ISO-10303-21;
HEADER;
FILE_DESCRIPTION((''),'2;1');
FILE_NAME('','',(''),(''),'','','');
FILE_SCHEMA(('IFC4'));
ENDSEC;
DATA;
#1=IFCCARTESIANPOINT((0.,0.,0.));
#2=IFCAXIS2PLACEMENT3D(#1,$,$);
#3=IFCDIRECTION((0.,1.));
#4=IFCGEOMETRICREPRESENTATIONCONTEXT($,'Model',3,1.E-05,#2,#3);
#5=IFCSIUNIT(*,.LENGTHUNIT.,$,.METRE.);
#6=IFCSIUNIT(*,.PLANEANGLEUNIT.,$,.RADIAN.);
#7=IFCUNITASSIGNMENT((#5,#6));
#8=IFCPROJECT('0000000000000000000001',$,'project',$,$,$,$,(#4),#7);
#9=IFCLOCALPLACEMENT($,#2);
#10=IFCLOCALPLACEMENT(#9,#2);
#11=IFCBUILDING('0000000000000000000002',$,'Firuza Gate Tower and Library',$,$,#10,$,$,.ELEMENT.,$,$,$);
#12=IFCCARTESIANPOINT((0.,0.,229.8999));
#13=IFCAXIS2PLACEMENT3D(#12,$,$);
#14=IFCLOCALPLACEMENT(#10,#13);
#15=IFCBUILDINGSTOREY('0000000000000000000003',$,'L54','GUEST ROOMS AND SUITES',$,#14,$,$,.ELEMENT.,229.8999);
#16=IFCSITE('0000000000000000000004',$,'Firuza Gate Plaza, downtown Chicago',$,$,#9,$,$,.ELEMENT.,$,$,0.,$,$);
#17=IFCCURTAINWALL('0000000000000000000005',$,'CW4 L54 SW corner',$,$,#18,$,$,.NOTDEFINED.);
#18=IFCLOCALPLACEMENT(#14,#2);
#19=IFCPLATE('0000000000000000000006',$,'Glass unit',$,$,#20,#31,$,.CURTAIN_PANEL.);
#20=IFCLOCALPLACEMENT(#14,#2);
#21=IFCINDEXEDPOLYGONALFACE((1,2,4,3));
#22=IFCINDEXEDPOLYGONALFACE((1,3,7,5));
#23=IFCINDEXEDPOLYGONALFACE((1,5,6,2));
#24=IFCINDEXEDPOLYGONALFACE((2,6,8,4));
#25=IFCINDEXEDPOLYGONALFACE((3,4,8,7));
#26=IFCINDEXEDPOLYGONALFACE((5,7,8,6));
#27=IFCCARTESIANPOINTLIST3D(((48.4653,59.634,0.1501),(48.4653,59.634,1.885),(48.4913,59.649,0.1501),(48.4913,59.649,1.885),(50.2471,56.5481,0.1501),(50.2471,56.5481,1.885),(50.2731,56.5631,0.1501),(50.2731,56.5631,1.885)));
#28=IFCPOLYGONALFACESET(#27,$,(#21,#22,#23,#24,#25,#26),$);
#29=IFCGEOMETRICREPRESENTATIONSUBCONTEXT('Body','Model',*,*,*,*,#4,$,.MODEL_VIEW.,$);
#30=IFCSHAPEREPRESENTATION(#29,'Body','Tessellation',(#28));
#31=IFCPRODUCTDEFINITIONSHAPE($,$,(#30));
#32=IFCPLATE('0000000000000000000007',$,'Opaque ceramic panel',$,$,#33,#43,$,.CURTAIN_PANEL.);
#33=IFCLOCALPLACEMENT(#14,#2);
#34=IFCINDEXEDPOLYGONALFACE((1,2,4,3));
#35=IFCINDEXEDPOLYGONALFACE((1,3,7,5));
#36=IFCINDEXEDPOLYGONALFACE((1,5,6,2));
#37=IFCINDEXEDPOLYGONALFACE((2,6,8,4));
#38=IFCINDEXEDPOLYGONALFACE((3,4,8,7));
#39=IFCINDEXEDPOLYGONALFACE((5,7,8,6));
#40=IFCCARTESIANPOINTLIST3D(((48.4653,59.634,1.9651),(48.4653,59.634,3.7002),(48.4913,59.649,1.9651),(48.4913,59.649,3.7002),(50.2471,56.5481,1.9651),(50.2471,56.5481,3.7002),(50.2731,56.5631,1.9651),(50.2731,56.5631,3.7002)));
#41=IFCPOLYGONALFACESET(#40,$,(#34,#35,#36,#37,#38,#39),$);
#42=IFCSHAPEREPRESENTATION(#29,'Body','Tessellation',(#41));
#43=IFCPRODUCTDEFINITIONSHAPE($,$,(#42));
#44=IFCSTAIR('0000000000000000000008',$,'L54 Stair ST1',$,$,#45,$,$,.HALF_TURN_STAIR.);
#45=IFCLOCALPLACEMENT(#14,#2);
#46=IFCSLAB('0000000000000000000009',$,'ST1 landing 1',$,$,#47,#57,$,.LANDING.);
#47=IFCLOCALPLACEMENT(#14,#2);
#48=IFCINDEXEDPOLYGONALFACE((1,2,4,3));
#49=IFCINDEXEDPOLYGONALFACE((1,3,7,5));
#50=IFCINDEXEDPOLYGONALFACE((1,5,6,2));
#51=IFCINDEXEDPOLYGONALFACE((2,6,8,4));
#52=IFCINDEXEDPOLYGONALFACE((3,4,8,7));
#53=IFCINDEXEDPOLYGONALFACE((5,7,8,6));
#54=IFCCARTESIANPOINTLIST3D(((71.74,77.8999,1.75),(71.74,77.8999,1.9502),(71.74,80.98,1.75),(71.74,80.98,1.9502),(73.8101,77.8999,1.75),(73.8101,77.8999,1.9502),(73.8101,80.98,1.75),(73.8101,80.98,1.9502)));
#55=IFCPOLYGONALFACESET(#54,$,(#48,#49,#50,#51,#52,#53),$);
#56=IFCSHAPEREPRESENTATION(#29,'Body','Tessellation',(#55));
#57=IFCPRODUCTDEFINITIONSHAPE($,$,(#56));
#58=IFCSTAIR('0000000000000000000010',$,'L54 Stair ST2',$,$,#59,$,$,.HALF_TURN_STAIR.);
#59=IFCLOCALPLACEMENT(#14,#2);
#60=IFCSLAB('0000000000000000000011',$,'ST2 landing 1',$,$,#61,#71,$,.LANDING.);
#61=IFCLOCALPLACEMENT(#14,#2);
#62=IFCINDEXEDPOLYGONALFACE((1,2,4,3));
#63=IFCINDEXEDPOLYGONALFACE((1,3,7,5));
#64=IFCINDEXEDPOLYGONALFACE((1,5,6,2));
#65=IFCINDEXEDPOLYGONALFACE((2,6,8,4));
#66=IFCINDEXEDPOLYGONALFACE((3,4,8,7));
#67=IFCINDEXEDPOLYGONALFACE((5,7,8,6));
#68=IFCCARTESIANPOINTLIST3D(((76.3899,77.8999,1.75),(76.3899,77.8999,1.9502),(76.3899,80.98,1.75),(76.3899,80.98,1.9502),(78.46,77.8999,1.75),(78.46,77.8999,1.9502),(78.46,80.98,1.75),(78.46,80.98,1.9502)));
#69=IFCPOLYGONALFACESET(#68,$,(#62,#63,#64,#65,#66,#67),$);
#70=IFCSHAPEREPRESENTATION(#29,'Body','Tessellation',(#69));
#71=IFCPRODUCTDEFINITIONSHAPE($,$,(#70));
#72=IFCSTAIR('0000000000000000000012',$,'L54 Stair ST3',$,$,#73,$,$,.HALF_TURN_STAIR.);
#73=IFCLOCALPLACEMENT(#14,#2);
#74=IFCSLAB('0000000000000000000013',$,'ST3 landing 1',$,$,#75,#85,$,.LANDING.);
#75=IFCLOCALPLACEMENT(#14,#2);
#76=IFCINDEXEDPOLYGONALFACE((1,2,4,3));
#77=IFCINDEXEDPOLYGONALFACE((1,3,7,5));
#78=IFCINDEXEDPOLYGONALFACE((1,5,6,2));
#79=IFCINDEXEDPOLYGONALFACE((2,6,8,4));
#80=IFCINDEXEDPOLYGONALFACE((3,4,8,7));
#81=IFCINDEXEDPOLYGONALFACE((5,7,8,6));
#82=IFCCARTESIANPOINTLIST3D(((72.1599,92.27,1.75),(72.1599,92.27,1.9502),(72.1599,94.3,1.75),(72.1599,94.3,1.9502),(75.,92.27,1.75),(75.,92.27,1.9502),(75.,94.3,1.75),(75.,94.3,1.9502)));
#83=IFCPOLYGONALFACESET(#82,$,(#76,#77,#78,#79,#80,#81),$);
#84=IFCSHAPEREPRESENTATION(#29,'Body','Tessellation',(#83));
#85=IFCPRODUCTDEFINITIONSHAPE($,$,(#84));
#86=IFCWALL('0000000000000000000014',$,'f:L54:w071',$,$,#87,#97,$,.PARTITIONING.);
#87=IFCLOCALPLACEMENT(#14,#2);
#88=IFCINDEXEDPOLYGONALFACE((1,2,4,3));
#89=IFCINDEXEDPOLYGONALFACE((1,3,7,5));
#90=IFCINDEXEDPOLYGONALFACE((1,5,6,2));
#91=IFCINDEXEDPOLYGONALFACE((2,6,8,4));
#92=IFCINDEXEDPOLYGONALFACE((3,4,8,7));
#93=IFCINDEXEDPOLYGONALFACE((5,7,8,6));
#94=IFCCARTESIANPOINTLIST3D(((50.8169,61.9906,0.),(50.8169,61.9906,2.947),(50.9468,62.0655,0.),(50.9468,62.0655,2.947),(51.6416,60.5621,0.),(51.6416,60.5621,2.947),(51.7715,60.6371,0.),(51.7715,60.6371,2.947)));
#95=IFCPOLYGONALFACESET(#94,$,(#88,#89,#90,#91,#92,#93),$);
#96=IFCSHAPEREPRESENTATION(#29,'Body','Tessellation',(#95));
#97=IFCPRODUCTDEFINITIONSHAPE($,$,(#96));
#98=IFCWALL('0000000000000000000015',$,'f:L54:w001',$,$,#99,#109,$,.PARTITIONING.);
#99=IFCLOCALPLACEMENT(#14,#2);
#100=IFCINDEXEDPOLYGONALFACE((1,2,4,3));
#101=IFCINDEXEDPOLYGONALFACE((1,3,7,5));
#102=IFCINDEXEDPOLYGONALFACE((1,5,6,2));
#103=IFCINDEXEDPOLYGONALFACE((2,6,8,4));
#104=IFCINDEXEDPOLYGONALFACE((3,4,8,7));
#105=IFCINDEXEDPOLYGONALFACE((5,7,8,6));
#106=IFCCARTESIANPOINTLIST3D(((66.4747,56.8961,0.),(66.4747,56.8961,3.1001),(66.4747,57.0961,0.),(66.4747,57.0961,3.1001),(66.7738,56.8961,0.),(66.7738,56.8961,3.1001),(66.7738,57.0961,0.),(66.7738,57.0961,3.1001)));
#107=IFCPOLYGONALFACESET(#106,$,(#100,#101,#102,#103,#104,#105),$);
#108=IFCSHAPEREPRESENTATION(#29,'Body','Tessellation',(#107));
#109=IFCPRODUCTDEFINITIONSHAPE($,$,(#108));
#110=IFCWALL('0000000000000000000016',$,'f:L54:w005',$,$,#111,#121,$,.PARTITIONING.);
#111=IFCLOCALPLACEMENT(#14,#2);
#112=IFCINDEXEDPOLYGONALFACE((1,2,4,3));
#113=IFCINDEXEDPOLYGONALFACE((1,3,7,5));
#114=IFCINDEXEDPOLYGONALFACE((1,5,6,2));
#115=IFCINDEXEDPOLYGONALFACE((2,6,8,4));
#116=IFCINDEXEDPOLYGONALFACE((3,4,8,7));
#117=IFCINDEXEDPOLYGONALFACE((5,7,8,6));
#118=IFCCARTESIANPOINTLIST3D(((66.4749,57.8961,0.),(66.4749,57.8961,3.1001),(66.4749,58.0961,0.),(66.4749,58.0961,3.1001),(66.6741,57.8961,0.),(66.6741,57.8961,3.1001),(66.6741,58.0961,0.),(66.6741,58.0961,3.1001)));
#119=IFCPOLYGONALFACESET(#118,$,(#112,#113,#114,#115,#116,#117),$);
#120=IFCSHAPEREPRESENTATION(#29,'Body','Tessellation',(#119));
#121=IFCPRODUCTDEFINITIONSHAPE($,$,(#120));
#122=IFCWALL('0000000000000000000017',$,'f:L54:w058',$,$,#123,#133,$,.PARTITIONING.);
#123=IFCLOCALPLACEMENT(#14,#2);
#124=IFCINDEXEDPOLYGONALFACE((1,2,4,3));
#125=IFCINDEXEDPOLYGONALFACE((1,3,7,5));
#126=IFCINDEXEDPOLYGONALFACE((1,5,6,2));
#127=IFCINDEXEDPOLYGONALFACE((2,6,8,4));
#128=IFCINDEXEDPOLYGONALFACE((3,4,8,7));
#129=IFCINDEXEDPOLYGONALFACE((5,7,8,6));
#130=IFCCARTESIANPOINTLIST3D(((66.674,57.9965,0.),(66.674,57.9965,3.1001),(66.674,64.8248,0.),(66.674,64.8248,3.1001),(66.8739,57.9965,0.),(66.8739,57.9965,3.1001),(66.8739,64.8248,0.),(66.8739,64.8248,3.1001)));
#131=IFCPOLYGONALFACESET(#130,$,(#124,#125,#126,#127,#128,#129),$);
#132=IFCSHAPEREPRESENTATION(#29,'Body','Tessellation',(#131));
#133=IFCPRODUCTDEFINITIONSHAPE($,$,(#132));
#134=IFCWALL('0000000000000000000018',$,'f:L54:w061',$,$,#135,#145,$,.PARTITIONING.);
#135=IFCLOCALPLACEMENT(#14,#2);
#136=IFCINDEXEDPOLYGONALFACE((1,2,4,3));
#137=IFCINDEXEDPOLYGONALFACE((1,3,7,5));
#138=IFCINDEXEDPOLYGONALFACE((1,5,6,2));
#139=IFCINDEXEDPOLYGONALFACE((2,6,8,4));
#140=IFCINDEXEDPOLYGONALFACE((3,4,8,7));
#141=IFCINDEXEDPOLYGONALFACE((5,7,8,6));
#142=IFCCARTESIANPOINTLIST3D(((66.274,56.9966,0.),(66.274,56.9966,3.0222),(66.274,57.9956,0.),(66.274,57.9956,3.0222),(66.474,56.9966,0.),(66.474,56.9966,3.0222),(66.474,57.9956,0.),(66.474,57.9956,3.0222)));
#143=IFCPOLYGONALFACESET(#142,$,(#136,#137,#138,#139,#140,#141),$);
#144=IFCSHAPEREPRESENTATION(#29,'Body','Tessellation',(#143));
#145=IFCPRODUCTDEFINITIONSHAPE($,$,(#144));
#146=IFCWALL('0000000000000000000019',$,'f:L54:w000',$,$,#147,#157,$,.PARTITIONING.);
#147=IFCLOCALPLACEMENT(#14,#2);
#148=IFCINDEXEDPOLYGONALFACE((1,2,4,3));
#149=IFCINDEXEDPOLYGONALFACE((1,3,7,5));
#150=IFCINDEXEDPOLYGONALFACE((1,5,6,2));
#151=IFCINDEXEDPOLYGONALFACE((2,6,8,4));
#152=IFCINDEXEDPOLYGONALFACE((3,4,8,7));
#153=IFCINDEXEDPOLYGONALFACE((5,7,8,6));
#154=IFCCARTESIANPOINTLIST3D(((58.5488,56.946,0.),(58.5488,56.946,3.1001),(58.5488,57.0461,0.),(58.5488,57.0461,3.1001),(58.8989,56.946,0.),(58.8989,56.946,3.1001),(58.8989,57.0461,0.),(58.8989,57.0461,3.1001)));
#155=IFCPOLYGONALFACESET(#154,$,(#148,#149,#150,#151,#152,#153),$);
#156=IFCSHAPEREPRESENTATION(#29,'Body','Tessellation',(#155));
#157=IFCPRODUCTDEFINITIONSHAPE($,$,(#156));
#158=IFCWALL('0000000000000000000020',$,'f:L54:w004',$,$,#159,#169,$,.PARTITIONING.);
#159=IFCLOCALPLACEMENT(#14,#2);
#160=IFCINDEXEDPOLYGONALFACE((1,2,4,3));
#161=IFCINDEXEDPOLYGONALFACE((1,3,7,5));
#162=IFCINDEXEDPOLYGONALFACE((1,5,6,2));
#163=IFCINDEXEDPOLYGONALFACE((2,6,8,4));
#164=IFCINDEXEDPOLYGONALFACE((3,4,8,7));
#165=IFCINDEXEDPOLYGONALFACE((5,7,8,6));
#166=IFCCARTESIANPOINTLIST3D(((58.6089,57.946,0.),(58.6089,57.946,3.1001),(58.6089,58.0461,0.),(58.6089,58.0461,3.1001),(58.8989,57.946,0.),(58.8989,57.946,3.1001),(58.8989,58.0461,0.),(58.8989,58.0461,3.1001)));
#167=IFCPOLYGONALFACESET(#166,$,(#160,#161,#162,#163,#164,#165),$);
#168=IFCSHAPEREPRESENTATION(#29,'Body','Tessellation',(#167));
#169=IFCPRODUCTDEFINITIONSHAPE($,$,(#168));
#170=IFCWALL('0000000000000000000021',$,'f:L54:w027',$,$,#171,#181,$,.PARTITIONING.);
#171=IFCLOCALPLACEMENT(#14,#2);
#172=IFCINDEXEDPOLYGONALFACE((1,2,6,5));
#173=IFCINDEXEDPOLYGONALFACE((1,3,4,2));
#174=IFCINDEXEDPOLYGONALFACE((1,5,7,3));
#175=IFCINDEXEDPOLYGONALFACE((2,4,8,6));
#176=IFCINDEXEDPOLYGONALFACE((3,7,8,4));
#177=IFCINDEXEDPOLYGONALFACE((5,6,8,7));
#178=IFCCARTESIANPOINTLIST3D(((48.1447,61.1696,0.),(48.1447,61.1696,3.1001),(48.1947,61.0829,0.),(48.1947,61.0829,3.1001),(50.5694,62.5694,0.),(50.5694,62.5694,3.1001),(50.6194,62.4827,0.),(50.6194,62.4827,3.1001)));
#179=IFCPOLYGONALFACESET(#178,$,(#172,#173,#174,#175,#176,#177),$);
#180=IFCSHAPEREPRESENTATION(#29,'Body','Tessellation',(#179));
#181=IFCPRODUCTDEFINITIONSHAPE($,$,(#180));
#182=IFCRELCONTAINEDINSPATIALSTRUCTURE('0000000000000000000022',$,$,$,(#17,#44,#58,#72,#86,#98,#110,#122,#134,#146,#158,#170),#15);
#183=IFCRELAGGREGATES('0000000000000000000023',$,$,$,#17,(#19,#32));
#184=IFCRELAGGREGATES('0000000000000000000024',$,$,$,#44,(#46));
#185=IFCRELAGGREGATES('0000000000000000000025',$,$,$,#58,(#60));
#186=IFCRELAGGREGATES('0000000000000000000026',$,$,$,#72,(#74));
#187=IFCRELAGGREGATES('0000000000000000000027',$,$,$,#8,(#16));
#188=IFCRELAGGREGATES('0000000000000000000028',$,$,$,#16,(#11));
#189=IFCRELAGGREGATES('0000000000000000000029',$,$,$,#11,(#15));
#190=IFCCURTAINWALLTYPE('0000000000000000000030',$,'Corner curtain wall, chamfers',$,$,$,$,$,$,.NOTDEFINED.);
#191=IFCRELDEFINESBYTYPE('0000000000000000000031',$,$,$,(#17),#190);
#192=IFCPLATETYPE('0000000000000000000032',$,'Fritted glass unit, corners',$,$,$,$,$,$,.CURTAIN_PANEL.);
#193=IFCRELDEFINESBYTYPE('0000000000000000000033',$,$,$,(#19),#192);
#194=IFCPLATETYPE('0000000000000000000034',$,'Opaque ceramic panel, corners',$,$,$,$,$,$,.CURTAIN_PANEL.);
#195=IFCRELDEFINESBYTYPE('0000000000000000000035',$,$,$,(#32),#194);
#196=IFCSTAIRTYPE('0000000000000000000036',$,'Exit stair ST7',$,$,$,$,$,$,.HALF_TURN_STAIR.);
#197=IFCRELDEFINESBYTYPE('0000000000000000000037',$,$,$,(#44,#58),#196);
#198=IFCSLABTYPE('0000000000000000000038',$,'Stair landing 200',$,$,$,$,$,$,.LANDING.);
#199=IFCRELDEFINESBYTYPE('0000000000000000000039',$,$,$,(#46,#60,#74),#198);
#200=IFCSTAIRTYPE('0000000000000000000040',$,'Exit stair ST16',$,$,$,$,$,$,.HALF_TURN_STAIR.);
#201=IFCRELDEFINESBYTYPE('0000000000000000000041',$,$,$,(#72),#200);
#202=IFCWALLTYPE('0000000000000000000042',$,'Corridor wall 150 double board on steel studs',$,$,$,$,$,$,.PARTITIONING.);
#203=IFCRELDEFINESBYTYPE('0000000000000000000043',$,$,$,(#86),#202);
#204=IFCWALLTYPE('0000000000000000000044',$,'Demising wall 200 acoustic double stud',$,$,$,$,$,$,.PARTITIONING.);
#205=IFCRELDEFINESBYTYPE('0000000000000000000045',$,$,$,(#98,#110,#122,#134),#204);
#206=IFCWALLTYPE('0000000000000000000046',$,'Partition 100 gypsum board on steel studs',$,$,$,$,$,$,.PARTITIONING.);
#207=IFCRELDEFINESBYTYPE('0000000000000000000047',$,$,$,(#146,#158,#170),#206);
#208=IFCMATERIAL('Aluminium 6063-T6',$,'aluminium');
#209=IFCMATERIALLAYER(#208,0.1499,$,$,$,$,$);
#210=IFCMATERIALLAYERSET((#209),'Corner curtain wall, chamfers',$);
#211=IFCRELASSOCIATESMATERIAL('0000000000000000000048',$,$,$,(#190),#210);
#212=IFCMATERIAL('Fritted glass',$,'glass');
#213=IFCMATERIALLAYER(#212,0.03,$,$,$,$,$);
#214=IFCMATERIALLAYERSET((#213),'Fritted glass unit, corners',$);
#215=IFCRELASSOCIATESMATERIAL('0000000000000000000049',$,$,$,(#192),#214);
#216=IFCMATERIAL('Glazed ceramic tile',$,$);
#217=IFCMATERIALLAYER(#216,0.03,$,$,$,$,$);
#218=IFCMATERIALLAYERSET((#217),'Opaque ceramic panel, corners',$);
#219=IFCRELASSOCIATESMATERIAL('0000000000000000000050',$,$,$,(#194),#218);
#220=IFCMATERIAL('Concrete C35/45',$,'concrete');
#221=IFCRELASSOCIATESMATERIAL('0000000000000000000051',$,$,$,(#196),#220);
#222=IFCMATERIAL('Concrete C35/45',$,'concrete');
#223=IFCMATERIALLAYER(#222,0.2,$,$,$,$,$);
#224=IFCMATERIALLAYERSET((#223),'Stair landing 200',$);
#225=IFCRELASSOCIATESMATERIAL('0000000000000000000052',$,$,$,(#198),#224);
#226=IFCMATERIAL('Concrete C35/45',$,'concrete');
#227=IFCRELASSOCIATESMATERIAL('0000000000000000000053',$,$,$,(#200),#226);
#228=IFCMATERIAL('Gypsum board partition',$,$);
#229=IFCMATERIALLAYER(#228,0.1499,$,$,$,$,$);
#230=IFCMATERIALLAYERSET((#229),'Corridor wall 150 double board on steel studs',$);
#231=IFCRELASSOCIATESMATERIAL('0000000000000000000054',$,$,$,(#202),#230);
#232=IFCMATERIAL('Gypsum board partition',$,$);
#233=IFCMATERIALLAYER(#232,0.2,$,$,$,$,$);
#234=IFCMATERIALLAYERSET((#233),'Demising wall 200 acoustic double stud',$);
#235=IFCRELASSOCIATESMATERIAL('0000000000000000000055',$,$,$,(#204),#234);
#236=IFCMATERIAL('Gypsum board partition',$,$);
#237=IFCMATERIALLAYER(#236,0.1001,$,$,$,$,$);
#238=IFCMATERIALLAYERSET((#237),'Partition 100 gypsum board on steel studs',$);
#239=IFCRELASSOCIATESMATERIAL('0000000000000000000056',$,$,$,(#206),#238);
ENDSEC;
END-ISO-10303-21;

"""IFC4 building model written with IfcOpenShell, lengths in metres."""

from ifc_helpers import new_model, si_unit, direction, frame, frame_2d, origin, place, context, subcontext, project, spatial, polyline, rectangle, outline, extrude, material, layer, layer_set, type_object, element, aggregate, save


model = new_model("IFC4")

# Units and contexts
model_context = context("Model", 3, precision=1e-05, world=origin(), true_north=direction((0.0, 1.0)))
body_context = subcontext(model_context, "Body", "Model", "MODEL_VIEW")
ifc_project = project(units=[si_unit("LENGTHUNIT", "METRE"), si_unit("PLANEANGLEUNIT", "RADIAN")], contexts=[model_context])

# Site, building, storey
site_placement = place(None, origin())
site = spatial("IfcSite", under=ifc_project, at=site_placement, Name="Firuza Gate Plaza, downtown Chicago", CompositionType="ELEMENT", RefElevation=0.0)
building_placement = place(site_placement, origin())
building = spatial("IfcBuilding", under=site, at=building_placement, Name="Firuza Gate Tower and Library", CompositionType="ELEMENT")
storey_placement = place(building_placement, frame((0.0, 0.0, 229.8999)))
storey = spatial("IfcBuildingStorey", under=building, at=storey_placement, Name="L54", Description="GUEST ROOMS AND SUITES", CompositionType="ELEMENT", Elevation=229.8999)

# Curtain wall
ifc_material_1 = material(Name="Aluminium 6063-T6", Category="aluminium")
ifc_layer_1 = layer(ifc_material_1, 0.1499)
ifc_layer_set_1 = layer_set([ifc_layer_1], Name="Corner curtain wall, chamfers")
curtain_wall_type = type_object("IfcCurtainWallType", Name="Corner curtain wall, chamfers", PredefinedType="NOTDEFINED", material=ifc_layer_set_1)
placement_1 = place(storey_placement, origin())
curtain_wall = element("IfcCurtainWall", 1, at=placement_1, inside=storey, type_object=curtain_wall_type, Name="CW4 L54 SW corner", PredefinedType="NOTDEFINED")

# Plates
ifc_material_2 = material(Name="Fritted glass", Category="glass")
ifc_layer_2 = layer(ifc_material_2, 0.03)
ifc_layer_set_2 = layer_set([ifc_layer_2], Name="Fritted glass unit, corners")
plate_type_1 = type_object("IfcPlateType", Name="Fritted glass unit, corners", PredefinedType="CURTAIN_PANEL", material=ifc_layer_set_2)
plate_1_placement = place(storey_placement, frame((48.4653, 59.634, 0.1501), z_axis=(-0.866017, -0.500015, 0.0), x_axis=(0.500015, -0.866017, 0.0)))
plate_1 = element("IfcPlate", 2, at=plate_1_placement, type_object=plate_type_1, Name="Glass unit", PredefinedType="CURTAIN_PANEL", context=body_context, shape_type="SweptSolid", body=[
    extrude(outline(polyline([(0.0, 0.0), (3.5634, 0.0), (3.5634, 1.7349), (0.0, 1.7349), (0.0, 0.0)])), origin(), (0.0, 0.0, -1.0), 0.03),
])
ifc_material_3 = material(Name="Glazed ceramic tile")
ifc_layer_3 = layer(ifc_material_3, 0.03)
ifc_layer_set_3 = layer_set([ifc_layer_3], Name="Opaque ceramic panel, corners")
plate_type_2 = type_object("IfcPlateType", Name="Opaque ceramic panel, corners", PredefinedType="CURTAIN_PANEL", material=ifc_layer_set_3)
plate_2_placement = place(storey_placement, frame((48.4653, 59.634, 1.9651), z_axis=(-0.866017, -0.500015, 0.0), x_axis=(0.500015, -0.866017, 0.0)))
plate_2 = element("IfcPlate", 3, at=plate_2_placement, type_object=plate_type_2, Name="Opaque ceramic panel", PredefinedType="CURTAIN_PANEL", context=body_context, shape_type="SweptSolid", body=[
    extrude(outline(polyline([(0.0, 0.0), (3.5634, 0.0), (3.5634, 1.7351), (0.0, 1.7351), (0.0, 0.0)])), origin(), (0.0, 0.0, -1.0), 0.03),
])
aggregate(curtain_wall, [plate_1, plate_2])

# Stairs, slabs
ifc_material_4 = material(Name="Concrete C35/45", Category="concrete")
stair_type_1 = type_object("IfcStairType", Name="Exit stair ST7", PredefinedType="HALF_TURN_STAIR", material=ifc_material_4)
stair_1 = element("IfcStair", 4, at=placement_1, inside=storey, type_object=stair_type_1, Name="L54 Stair ST1", PredefinedType="HALF_TURN_STAIR")
ifc_material_5 = material(Name="Concrete C35/45", Category="concrete")
ifc_layer_4 = layer(ifc_material_5, 0.2)
ifc_layer_set_4 = layer_set([ifc_layer_4], Name="Stair landing 200")
slab_type_1 = type_object("IfcSlabType", Name="Stair landing 200", PredefinedType="LANDING", material=ifc_layer_set_4)
placement_2 = place(storey_placement, frame((0.0, 0.0, 1.75)))
slab_1 = element("IfcSlab", 5, at=placement_2, type_object=slab_type_1, Name="ST1 landing 1", PredefinedType="LANDING", context=body_context, shape_type="SweptSolid", body=[
    extrude(outline(polyline([(71.74, 77.8999), (73.8101, 77.8999), (73.8101, 80.98), (71.74, 80.98), (71.74, 77.8999)])), origin(), (0.0, 0.0, 1.0), 0.2002),
])
aggregate(stair_1, [slab_1])
stair_2 = element("IfcStair", 6, at=placement_1, inside=storey, type_object=stair_type_1, Name="L54 Stair ST2", PredefinedType="HALF_TURN_STAIR")
slab_2 = element("IfcSlab", 7, at=placement_2, type_object=slab_type_1, Name="ST2 landing 1", PredefinedType="LANDING", context=body_context, shape_type="SweptSolid", body=[
    extrude(outline(polyline([(78.46, 80.98), (76.3899, 80.98), (76.3899, 77.8999), (78.46, 77.8999), (78.46, 80.98)])), origin(), (0.0, 0.0, 1.0), 0.2002),
])
aggregate(stair_2, [slab_2])
ifc_material_6 = material(Name="Concrete C35/45", Category="concrete")
stair_type_2 = type_object("IfcStairType", Name="Exit stair ST16", PredefinedType="HALF_TURN_STAIR", material=ifc_material_6)
stair_3 = element("IfcStair", 8, at=placement_1, inside=storey, type_object=stair_type_2, Name="L54 Stair ST3", PredefinedType="HALF_TURN_STAIR")
slab_3 = element("IfcSlab", 9, at=placement_2, type_object=slab_type_1, Name="ST3 landing 1", PredefinedType="LANDING", context=body_context, shape_type="SweptSolid", body=[
    extrude(outline(polyline([(75.0, 92.27), (75.0, 94.3), (72.1599, 94.3), (72.1599, 92.27), (75.0, 92.27)])), origin(), (0.0, 0.0, 1.0), 0.2002),
])
aggregate(stair_3, [slab_3])

# Walls
ifc_material_7 = material(Name="Gypsum board partition")
ifc_layer_5 = layer(ifc_material_7, 0.1499)
ifc_layer_set_5 = layer_set([ifc_layer_5], Name="Corridor wall 150 double board on steel studs")
wall_type_1 = type_object("IfcWallType", Name="Corridor wall 150 double board on steel studs", PredefinedType="PARTITIONING", material=ifc_layer_set_5)
wall_1_placement = place(storey_placement, frame((51.7065, 60.5996, 0.0), z_axis=(0.0, 0.0, 1.0), x_axis=(-0.499992, 0.86603, 0.0)))
element("IfcWall", 10, at=wall_1_placement, inside=storey, type_object=wall_type_1, Name="f:L54:w071", PredefinedType="PARTITIONING", context=body_context, shape_type="SweptSolid", body=[
    extrude(rectangle(XDim=1.6494, YDim=0.1499, at=frame_2d((0.8247, 0.0))), origin(), (0.0, 0.0, 1.0), 2.947),
])
ifc_material_8 = material(Name="Gypsum board partition")
ifc_layer_6 = layer(ifc_material_8, 0.2)
ifc_layer_set_6 = layer_set([ifc_layer_6], Name="Demising wall 200 acoustic double stud")
wall_type_2 = type_object("IfcWallType", Name="Demising wall 200 acoustic double stud", PredefinedType="PARTITIONING", material=ifc_layer_set_6)
wall_2_placement = place(storey_placement, frame((66.4749, 56.9961, 0.0), z_axis=(0.0, 0.0, 1.0), x_axis=(1.0, 0.0, 0.0)))
element("IfcWall", 11, at=wall_2_placement, inside=storey, type_object=wall_type_2, Name="f:L54:w001", PredefinedType="PARTITIONING", context=body_context, shape_type="SweptSolid", body=[
    extrude(rectangle(XDim=0.2991, YDim=0.2, at=frame_2d((0.1494, 0.0))), origin(), (0.0, 0.0, 1.0), 3.1001),
])
wall_3_placement = place(storey_placement, frame((66.4749, 57.9961, 0.0), z_axis=(0.0, 0.0, 1.0), x_axis=(1.0, 0.0, 0.0)))
element("IfcWall", 12, at=wall_3_placement, inside=storey, type_object=wall_type_2, Name="f:L54:w005", PredefinedType="PARTITIONING", context=body_context, shape_type="SweptSolid", body=[
    extrude(rectangle(XDim=0.1992, YDim=0.2, at=frame_2d((0.0996, 0.0))), origin(), (0.0, 0.0, 1.0), 3.1001),
])
wall_4_placement = place(storey_placement, frame((66.7739, 57.9966, 0.0), z_axis=(0.0, 0.0, 1.0), x_axis=(0.0, 1.0, 0.0)))
element("IfcWall", 13, at=wall_4_placement, inside=storey, type_object=wall_type_2, Name="f:L54:w058", PredefinedType="PARTITIONING", context=body_context, shape_type="SweptSolid", body=[
    extrude(rectangle(XDim=6.8284, YDim=0.2, at=frame_2d((3.4141, 0.0))), origin(), (0.0, 0.0, 1.0), 3.1001),
])
wall_5_placement = place(storey_placement, frame((66.374, 56.9966, 0.0), z_axis=(0.0, 0.0, 1.0), x_axis=(0.0, 1.0, 0.0)))
element("IfcWall", 14, at=wall_5_placement, inside=storey, type_object=wall_type_2, Name="f:L54:w061", PredefinedType="PARTITIONING", context=body_context, shape_type="SweptSolid", body=[
    extrude(rectangle(XDim=0.999, YDim=0.2, at=frame_2d((0.4995, 0.0))), origin(), (0.0, 0.0, 1.0), 3.0222),
])
ifc_material_9 = material(Name="Gypsum board partition")
ifc_layer_7 = layer(ifc_material_9, 0.1001)
ifc_layer_set_7 = layer_set([ifc_layer_7], Name="Partition 100 gypsum board on steel studs")
wall_type_3 = type_object("IfcWallType", Name="Partition 100 gypsum board on steel studs", PredefinedType="PARTITIONING", material=ifc_layer_set_7)
wall_6_placement = place(storey_placement, frame((58.5488, 56.9961, 0.0), z_axis=(0.0, 0.0, 1.0), x_axis=(1.0, 0.0, 0.0)))
element("IfcWall", 15, at=wall_6_placement, inside=storey, type_object=wall_type_3, Name="f:L54:w000", PredefinedType="PARTITIONING", context=body_context, shape_type="SweptSolid", body=[
    extrude(rectangle(XDim=0.3501, YDim=0.1001, at=frame_2d((0.175, 0.0))), origin(), (0.0, 0.0, 1.0), 3.1001),
])
wall_7_placement = place(storey_placement, frame((58.6089, 57.9961, 0.0), z_axis=(0.0, 0.0, 1.0), x_axis=(1.0, 0.0, 0.0)))
element("IfcWall", 16, at=wall_7_placement, inside=storey, type_object=wall_type_3, Name="f:L54:w004", PredefinedType="PARTITIONING", context=body_context, shape_type="SweptSolid", body=[
    extrude(rectangle(XDim=0.29, YDim=0.1001, at=frame_2d((0.145, 0.0))), origin(), (0.0, 0.0, 1.0), 3.1001),
])
wall_8_placement = place(storey_placement, frame((48.1697, 61.1262, 0.0), z_axis=(0.0, 0.0, 1.0), x_axis=(0.866035, 0.499984, 0.0)))
element("IfcWall", 17, at=wall_8_placement, inside=storey, type_object=wall_type_3, Name="f:L54:w027", PredefinedType="PARTITIONING", context=body_context, shape_type="SweptSolid", body=[
    extrude(rectangle(XDim=2.7998, YDim=0.1001, at=frame_2d((1.3999, 0.0))), origin(), (0.0, 0.0, 1.0), 3.1001),
])

save(model, "model.ifc")
